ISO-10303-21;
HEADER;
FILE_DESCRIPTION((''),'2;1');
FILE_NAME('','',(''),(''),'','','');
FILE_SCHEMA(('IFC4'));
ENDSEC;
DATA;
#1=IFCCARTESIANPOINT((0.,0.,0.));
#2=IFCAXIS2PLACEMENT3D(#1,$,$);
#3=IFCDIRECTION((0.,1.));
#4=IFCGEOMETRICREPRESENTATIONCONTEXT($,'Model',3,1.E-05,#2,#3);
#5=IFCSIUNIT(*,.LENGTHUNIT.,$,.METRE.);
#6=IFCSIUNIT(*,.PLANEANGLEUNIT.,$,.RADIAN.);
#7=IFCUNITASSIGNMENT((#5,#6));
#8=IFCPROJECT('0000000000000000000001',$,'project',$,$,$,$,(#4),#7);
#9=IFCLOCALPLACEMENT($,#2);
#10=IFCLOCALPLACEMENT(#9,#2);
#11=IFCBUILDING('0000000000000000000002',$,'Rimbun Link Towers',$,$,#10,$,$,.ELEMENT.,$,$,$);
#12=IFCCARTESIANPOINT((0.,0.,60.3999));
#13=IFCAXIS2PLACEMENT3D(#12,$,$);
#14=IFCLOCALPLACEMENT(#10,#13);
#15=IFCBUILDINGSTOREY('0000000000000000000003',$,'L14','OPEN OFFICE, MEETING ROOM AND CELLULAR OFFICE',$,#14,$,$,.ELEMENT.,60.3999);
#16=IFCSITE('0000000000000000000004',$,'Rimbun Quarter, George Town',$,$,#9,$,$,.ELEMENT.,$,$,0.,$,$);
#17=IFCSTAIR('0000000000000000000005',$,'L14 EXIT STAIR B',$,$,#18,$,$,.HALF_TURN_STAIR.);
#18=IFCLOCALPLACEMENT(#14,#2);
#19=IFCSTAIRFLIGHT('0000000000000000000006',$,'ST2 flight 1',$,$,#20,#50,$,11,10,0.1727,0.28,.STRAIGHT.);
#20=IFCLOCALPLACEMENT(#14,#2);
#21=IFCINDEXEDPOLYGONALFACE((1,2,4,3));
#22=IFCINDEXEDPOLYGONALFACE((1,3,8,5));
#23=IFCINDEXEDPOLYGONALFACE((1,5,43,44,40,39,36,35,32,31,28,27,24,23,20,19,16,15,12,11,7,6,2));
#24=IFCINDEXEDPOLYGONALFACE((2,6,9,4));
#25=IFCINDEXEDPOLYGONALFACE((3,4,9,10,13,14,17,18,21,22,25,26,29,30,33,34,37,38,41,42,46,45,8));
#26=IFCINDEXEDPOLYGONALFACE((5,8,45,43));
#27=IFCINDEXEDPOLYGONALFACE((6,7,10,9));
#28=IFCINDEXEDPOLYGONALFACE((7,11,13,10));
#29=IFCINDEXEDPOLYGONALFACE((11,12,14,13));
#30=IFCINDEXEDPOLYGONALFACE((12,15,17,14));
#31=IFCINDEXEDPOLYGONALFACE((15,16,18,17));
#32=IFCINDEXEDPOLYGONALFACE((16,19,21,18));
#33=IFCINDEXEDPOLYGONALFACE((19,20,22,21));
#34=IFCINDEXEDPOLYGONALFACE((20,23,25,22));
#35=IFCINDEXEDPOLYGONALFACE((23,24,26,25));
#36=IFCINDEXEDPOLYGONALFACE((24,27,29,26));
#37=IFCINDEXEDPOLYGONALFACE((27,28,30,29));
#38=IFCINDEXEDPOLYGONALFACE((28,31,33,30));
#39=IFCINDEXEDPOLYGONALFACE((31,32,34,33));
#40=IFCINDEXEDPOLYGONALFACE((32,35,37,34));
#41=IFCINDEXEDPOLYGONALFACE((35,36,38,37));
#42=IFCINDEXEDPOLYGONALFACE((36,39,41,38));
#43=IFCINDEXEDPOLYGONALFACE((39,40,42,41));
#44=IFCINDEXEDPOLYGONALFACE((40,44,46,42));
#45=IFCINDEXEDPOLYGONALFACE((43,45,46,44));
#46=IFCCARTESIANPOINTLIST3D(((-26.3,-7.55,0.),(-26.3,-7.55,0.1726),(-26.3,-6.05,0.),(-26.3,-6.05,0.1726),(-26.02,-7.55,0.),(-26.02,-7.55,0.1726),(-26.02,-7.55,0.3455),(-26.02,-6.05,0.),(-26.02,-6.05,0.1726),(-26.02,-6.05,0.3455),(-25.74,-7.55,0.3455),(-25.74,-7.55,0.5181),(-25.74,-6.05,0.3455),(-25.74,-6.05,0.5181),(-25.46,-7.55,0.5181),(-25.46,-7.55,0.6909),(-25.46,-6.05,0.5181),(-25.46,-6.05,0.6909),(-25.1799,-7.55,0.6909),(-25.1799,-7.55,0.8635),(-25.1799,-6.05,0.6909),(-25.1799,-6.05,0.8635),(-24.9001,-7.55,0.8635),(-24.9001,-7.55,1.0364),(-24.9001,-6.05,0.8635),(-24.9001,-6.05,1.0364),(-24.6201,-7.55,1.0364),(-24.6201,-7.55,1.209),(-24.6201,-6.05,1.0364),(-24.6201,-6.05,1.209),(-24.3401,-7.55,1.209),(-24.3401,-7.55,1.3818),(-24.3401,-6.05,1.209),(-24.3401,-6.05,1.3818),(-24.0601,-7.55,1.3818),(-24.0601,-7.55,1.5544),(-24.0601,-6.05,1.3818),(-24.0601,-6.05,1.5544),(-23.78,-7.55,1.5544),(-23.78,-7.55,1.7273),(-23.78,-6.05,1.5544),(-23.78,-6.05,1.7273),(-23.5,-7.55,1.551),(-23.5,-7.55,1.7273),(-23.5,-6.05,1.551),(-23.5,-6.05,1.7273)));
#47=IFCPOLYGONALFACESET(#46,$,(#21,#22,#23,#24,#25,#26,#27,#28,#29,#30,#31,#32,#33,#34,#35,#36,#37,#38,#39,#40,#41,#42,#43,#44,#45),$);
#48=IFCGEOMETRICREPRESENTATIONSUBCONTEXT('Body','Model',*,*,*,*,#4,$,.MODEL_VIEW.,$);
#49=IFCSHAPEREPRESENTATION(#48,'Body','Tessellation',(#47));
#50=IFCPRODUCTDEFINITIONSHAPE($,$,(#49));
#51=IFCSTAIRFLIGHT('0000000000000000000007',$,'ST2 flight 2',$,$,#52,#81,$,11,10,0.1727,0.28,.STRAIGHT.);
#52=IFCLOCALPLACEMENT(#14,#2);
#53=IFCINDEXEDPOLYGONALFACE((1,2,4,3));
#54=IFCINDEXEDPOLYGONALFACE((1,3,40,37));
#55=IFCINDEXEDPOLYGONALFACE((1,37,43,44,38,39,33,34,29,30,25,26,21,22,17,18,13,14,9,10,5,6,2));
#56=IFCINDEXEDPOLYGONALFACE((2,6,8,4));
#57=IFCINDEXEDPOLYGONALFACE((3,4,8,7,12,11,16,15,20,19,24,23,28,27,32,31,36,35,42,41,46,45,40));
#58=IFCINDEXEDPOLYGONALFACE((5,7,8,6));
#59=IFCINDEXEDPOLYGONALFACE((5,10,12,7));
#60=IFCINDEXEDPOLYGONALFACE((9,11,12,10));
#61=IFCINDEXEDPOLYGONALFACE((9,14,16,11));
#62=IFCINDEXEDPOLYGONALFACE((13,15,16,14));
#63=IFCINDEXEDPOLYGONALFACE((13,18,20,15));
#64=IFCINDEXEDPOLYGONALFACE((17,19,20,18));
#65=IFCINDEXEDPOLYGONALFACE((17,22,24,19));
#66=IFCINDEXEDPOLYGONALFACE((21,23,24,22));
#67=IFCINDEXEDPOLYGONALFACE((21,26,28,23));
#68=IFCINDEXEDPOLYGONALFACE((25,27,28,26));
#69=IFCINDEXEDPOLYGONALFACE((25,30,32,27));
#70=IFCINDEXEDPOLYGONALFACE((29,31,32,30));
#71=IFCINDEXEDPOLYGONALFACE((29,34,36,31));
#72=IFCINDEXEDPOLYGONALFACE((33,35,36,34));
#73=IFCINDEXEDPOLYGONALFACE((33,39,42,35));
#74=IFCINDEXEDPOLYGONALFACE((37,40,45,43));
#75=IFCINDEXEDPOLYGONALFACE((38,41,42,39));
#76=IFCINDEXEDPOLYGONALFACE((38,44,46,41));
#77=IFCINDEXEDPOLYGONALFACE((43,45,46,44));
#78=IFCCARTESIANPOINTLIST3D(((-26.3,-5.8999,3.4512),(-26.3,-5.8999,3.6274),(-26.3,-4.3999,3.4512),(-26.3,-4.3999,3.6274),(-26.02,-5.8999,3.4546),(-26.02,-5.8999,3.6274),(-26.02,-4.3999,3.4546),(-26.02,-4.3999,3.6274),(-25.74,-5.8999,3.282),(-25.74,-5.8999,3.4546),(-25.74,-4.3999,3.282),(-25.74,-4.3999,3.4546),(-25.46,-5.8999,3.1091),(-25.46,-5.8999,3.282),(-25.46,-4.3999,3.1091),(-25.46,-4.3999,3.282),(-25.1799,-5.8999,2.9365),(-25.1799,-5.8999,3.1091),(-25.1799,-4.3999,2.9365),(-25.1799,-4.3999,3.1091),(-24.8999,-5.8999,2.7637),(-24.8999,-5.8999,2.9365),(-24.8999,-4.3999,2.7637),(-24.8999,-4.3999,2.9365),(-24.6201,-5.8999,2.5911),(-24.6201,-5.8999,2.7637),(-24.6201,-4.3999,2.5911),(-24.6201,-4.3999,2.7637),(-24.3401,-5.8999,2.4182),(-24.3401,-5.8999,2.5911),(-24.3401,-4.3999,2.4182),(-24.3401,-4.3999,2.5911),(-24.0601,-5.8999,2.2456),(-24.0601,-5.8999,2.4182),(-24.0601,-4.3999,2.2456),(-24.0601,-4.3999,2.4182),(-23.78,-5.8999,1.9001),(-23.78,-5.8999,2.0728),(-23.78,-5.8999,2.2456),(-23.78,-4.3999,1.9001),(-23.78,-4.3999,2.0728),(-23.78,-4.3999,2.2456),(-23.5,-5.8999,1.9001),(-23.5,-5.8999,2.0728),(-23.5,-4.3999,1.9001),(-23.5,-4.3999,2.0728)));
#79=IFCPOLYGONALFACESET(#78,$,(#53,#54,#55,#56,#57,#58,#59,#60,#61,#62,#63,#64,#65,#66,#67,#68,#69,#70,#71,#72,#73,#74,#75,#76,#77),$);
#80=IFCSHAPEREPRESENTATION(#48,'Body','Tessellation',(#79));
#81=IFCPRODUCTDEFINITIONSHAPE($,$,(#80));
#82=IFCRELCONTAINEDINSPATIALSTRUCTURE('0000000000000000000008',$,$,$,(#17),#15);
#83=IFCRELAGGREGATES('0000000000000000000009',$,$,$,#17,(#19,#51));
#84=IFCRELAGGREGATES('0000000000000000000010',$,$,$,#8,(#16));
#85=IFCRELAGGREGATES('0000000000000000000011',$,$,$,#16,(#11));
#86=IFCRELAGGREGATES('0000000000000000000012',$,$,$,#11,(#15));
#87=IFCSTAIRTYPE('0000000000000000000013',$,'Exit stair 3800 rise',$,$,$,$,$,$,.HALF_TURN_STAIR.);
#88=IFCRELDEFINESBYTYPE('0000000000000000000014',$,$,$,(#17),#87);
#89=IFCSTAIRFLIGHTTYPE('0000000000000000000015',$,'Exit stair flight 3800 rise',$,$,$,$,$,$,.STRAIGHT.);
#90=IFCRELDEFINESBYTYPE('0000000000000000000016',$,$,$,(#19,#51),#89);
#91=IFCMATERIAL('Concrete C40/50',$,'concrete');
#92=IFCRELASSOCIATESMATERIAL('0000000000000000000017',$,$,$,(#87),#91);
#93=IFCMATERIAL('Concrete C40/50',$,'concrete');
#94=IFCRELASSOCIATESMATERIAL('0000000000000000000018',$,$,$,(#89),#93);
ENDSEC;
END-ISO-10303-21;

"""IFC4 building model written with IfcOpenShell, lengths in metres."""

from ifc_helpers import new_model, si_unit, direction, frame, origin, place, context, subcontext, project, spatial, polyline, outline, extrude, material, type_object, element, aggregate, save


model = new_model("IFC4")

# Units and contexts
model_context = context("Model", 3, precision=1e-05, world=origin(), true_north=direction((0.0, 1.0)))
body_context = subcontext(model_context, "Body", "Model", "MODEL_VIEW")
ifc_project = project(units=[si_unit("LENGTHUNIT", "METRE"), si_unit("PLANEANGLEUNIT", "RADIAN")], contexts=[model_context])

# Site, building, storey
site_placement = place(None, origin())
site = spatial("IfcSite", under=ifc_project, at=site_placement, Name="Rimbun Quarter, George Town", CompositionType="ELEMENT", RefElevation=0.0)
building_placement = place(site_placement, origin())
building = spatial("IfcBuilding", under=site, at=building_placement, Name="Rimbun Link Towers", CompositionType="ELEMENT")
storey_placement = place(building_placement, frame((0.0, 0.0, 60.3999)))
storey = spatial("IfcBuildingStorey", under=building, at=storey_placement, Name="L14", Description="OPEN OFFICE, MEETING ROOM AND CELLULAR OFFICE", CompositionType="ELEMENT", Elevation=60.3999)

# Stair, stair flights
ifc_material_1 = material(Name="Concrete C40/50", Category="concrete")
stair_type = type_object("IfcStairType", Name="Exit stair 3800 rise", PredefinedType="HALF_TURN_STAIR", material=ifc_material_1)
stair_placement = place(storey_placement, origin())
stair = element("IfcStair", 1, at=stair_placement, inside=storey, type_object=stair_type, Name="L14 EXIT STAIR B", PredefinedType="HALF_TURN_STAIR")
ifc_material_2 = material(Name="Concrete C40/50", Category="concrete")
stair_flight_type = type_object("IfcStairFlightType", Name="Exit stair flight 3800 rise", PredefinedType="STRAIGHT", material=ifc_material_2)
stair_flight_1_placement = place(storey_placement, frame((-26.3, -6.8, 0.0), z_axis=(0.0, 0.0, 1.0), x_axis=(1.0, 0.0, 0.0)))
stair_flight_1 = element("IfcStairFlight", 2, at=stair_flight_1_placement, type_object=stair_flight_type, Name="ST2 flight 1", NumberOfRisers=11, NumberOfTreads=10, PredefinedType="STRAIGHT", RiserHeight=0.1727, TreadLength=0.28, context=body_context, shape_type="SweptSolid", body=[
    extrude(outline(polyline([(0.0, 0.0), (0.0, 0.1726), (0.28, 0.1726), (0.28, 0.3455), (0.5601, 0.3455), (0.5601, 0.5181), (0.8401, 0.5181), (0.8401, 0.6909), (1.1201, 0.6909), (1.1201, 0.8635), (1.3999, 0.8635), (1.3999, 1.0364), (1.6799, 1.0364), (1.6799, 1.209), (1.96, 1.209), (1.96, 1.3818), (2.24, 1.3818), (2.24, 1.5544), (2.52, 1.5544), (2.52, 1.7273), (2.8, 1.7273), (2.8, 1.8999), (2.8, 1.551), (0.28, 0.0), (0.0, 0.0)])), frame((0.0, 0.75, 0.0), z_axis=(0.0, -1.0, 0.0), x_axis=(1.0, 0.0, 0.0)), (0.0, 0.0, 1.0), 1.5),
])
stair_flight_2_placement = place(storey_placement, frame((-23.5, -5.1499, 1.9001), z_axis=(0.0, 0.0, 1.0), x_axis=(-1.0, 0.0, 0.0)))
stair_flight_2 = element("IfcStairFlight", 3, at=stair_flight_2_placement, type_object=stair_flight_type, Name="ST2 flight 2", NumberOfRisers=11, NumberOfTreads=10, PredefinedType="STRAIGHT", RiserHeight=0.1727, TreadLength=0.28, context=body_context, shape_type="SweptSolid", body=[
    extrude(outline(polyline([(0.0, 0.0), (0.0, 0.1726), (0.28, 0.1726), (0.28, 0.3455), (0.5601, 0.3455), (0.5601, 0.5181), (0.8401, 0.5181), (0.8401, 0.6909), (1.1201, 0.6909), (1.1201, 0.8635), (1.3999, 0.8635), (1.3999, 1.0364), (1.6799, 1.0364), (1.6799, 1.209), (1.96, 1.209), (1.96, 1.3818), (2.24, 1.3818), (2.24, 1.5544), (2.52, 1.5544), (2.52, 1.7273), (2.8, 1.7273), (2.8, 1.8999), (2.8, 1.551), (0.28, 0.0), (0.0, 0.0)])), frame((0.0, 0.75, 0.0), z_axis=(0.0, -1.0, 0.0), x_axis=(1.0, 0.0, 0.0)), (0.0, 0.0, 1.0), 1.5),
])
aggregate(stair, [stair_flight_1, stair_flight_2])

save(model, "model.ifc")
